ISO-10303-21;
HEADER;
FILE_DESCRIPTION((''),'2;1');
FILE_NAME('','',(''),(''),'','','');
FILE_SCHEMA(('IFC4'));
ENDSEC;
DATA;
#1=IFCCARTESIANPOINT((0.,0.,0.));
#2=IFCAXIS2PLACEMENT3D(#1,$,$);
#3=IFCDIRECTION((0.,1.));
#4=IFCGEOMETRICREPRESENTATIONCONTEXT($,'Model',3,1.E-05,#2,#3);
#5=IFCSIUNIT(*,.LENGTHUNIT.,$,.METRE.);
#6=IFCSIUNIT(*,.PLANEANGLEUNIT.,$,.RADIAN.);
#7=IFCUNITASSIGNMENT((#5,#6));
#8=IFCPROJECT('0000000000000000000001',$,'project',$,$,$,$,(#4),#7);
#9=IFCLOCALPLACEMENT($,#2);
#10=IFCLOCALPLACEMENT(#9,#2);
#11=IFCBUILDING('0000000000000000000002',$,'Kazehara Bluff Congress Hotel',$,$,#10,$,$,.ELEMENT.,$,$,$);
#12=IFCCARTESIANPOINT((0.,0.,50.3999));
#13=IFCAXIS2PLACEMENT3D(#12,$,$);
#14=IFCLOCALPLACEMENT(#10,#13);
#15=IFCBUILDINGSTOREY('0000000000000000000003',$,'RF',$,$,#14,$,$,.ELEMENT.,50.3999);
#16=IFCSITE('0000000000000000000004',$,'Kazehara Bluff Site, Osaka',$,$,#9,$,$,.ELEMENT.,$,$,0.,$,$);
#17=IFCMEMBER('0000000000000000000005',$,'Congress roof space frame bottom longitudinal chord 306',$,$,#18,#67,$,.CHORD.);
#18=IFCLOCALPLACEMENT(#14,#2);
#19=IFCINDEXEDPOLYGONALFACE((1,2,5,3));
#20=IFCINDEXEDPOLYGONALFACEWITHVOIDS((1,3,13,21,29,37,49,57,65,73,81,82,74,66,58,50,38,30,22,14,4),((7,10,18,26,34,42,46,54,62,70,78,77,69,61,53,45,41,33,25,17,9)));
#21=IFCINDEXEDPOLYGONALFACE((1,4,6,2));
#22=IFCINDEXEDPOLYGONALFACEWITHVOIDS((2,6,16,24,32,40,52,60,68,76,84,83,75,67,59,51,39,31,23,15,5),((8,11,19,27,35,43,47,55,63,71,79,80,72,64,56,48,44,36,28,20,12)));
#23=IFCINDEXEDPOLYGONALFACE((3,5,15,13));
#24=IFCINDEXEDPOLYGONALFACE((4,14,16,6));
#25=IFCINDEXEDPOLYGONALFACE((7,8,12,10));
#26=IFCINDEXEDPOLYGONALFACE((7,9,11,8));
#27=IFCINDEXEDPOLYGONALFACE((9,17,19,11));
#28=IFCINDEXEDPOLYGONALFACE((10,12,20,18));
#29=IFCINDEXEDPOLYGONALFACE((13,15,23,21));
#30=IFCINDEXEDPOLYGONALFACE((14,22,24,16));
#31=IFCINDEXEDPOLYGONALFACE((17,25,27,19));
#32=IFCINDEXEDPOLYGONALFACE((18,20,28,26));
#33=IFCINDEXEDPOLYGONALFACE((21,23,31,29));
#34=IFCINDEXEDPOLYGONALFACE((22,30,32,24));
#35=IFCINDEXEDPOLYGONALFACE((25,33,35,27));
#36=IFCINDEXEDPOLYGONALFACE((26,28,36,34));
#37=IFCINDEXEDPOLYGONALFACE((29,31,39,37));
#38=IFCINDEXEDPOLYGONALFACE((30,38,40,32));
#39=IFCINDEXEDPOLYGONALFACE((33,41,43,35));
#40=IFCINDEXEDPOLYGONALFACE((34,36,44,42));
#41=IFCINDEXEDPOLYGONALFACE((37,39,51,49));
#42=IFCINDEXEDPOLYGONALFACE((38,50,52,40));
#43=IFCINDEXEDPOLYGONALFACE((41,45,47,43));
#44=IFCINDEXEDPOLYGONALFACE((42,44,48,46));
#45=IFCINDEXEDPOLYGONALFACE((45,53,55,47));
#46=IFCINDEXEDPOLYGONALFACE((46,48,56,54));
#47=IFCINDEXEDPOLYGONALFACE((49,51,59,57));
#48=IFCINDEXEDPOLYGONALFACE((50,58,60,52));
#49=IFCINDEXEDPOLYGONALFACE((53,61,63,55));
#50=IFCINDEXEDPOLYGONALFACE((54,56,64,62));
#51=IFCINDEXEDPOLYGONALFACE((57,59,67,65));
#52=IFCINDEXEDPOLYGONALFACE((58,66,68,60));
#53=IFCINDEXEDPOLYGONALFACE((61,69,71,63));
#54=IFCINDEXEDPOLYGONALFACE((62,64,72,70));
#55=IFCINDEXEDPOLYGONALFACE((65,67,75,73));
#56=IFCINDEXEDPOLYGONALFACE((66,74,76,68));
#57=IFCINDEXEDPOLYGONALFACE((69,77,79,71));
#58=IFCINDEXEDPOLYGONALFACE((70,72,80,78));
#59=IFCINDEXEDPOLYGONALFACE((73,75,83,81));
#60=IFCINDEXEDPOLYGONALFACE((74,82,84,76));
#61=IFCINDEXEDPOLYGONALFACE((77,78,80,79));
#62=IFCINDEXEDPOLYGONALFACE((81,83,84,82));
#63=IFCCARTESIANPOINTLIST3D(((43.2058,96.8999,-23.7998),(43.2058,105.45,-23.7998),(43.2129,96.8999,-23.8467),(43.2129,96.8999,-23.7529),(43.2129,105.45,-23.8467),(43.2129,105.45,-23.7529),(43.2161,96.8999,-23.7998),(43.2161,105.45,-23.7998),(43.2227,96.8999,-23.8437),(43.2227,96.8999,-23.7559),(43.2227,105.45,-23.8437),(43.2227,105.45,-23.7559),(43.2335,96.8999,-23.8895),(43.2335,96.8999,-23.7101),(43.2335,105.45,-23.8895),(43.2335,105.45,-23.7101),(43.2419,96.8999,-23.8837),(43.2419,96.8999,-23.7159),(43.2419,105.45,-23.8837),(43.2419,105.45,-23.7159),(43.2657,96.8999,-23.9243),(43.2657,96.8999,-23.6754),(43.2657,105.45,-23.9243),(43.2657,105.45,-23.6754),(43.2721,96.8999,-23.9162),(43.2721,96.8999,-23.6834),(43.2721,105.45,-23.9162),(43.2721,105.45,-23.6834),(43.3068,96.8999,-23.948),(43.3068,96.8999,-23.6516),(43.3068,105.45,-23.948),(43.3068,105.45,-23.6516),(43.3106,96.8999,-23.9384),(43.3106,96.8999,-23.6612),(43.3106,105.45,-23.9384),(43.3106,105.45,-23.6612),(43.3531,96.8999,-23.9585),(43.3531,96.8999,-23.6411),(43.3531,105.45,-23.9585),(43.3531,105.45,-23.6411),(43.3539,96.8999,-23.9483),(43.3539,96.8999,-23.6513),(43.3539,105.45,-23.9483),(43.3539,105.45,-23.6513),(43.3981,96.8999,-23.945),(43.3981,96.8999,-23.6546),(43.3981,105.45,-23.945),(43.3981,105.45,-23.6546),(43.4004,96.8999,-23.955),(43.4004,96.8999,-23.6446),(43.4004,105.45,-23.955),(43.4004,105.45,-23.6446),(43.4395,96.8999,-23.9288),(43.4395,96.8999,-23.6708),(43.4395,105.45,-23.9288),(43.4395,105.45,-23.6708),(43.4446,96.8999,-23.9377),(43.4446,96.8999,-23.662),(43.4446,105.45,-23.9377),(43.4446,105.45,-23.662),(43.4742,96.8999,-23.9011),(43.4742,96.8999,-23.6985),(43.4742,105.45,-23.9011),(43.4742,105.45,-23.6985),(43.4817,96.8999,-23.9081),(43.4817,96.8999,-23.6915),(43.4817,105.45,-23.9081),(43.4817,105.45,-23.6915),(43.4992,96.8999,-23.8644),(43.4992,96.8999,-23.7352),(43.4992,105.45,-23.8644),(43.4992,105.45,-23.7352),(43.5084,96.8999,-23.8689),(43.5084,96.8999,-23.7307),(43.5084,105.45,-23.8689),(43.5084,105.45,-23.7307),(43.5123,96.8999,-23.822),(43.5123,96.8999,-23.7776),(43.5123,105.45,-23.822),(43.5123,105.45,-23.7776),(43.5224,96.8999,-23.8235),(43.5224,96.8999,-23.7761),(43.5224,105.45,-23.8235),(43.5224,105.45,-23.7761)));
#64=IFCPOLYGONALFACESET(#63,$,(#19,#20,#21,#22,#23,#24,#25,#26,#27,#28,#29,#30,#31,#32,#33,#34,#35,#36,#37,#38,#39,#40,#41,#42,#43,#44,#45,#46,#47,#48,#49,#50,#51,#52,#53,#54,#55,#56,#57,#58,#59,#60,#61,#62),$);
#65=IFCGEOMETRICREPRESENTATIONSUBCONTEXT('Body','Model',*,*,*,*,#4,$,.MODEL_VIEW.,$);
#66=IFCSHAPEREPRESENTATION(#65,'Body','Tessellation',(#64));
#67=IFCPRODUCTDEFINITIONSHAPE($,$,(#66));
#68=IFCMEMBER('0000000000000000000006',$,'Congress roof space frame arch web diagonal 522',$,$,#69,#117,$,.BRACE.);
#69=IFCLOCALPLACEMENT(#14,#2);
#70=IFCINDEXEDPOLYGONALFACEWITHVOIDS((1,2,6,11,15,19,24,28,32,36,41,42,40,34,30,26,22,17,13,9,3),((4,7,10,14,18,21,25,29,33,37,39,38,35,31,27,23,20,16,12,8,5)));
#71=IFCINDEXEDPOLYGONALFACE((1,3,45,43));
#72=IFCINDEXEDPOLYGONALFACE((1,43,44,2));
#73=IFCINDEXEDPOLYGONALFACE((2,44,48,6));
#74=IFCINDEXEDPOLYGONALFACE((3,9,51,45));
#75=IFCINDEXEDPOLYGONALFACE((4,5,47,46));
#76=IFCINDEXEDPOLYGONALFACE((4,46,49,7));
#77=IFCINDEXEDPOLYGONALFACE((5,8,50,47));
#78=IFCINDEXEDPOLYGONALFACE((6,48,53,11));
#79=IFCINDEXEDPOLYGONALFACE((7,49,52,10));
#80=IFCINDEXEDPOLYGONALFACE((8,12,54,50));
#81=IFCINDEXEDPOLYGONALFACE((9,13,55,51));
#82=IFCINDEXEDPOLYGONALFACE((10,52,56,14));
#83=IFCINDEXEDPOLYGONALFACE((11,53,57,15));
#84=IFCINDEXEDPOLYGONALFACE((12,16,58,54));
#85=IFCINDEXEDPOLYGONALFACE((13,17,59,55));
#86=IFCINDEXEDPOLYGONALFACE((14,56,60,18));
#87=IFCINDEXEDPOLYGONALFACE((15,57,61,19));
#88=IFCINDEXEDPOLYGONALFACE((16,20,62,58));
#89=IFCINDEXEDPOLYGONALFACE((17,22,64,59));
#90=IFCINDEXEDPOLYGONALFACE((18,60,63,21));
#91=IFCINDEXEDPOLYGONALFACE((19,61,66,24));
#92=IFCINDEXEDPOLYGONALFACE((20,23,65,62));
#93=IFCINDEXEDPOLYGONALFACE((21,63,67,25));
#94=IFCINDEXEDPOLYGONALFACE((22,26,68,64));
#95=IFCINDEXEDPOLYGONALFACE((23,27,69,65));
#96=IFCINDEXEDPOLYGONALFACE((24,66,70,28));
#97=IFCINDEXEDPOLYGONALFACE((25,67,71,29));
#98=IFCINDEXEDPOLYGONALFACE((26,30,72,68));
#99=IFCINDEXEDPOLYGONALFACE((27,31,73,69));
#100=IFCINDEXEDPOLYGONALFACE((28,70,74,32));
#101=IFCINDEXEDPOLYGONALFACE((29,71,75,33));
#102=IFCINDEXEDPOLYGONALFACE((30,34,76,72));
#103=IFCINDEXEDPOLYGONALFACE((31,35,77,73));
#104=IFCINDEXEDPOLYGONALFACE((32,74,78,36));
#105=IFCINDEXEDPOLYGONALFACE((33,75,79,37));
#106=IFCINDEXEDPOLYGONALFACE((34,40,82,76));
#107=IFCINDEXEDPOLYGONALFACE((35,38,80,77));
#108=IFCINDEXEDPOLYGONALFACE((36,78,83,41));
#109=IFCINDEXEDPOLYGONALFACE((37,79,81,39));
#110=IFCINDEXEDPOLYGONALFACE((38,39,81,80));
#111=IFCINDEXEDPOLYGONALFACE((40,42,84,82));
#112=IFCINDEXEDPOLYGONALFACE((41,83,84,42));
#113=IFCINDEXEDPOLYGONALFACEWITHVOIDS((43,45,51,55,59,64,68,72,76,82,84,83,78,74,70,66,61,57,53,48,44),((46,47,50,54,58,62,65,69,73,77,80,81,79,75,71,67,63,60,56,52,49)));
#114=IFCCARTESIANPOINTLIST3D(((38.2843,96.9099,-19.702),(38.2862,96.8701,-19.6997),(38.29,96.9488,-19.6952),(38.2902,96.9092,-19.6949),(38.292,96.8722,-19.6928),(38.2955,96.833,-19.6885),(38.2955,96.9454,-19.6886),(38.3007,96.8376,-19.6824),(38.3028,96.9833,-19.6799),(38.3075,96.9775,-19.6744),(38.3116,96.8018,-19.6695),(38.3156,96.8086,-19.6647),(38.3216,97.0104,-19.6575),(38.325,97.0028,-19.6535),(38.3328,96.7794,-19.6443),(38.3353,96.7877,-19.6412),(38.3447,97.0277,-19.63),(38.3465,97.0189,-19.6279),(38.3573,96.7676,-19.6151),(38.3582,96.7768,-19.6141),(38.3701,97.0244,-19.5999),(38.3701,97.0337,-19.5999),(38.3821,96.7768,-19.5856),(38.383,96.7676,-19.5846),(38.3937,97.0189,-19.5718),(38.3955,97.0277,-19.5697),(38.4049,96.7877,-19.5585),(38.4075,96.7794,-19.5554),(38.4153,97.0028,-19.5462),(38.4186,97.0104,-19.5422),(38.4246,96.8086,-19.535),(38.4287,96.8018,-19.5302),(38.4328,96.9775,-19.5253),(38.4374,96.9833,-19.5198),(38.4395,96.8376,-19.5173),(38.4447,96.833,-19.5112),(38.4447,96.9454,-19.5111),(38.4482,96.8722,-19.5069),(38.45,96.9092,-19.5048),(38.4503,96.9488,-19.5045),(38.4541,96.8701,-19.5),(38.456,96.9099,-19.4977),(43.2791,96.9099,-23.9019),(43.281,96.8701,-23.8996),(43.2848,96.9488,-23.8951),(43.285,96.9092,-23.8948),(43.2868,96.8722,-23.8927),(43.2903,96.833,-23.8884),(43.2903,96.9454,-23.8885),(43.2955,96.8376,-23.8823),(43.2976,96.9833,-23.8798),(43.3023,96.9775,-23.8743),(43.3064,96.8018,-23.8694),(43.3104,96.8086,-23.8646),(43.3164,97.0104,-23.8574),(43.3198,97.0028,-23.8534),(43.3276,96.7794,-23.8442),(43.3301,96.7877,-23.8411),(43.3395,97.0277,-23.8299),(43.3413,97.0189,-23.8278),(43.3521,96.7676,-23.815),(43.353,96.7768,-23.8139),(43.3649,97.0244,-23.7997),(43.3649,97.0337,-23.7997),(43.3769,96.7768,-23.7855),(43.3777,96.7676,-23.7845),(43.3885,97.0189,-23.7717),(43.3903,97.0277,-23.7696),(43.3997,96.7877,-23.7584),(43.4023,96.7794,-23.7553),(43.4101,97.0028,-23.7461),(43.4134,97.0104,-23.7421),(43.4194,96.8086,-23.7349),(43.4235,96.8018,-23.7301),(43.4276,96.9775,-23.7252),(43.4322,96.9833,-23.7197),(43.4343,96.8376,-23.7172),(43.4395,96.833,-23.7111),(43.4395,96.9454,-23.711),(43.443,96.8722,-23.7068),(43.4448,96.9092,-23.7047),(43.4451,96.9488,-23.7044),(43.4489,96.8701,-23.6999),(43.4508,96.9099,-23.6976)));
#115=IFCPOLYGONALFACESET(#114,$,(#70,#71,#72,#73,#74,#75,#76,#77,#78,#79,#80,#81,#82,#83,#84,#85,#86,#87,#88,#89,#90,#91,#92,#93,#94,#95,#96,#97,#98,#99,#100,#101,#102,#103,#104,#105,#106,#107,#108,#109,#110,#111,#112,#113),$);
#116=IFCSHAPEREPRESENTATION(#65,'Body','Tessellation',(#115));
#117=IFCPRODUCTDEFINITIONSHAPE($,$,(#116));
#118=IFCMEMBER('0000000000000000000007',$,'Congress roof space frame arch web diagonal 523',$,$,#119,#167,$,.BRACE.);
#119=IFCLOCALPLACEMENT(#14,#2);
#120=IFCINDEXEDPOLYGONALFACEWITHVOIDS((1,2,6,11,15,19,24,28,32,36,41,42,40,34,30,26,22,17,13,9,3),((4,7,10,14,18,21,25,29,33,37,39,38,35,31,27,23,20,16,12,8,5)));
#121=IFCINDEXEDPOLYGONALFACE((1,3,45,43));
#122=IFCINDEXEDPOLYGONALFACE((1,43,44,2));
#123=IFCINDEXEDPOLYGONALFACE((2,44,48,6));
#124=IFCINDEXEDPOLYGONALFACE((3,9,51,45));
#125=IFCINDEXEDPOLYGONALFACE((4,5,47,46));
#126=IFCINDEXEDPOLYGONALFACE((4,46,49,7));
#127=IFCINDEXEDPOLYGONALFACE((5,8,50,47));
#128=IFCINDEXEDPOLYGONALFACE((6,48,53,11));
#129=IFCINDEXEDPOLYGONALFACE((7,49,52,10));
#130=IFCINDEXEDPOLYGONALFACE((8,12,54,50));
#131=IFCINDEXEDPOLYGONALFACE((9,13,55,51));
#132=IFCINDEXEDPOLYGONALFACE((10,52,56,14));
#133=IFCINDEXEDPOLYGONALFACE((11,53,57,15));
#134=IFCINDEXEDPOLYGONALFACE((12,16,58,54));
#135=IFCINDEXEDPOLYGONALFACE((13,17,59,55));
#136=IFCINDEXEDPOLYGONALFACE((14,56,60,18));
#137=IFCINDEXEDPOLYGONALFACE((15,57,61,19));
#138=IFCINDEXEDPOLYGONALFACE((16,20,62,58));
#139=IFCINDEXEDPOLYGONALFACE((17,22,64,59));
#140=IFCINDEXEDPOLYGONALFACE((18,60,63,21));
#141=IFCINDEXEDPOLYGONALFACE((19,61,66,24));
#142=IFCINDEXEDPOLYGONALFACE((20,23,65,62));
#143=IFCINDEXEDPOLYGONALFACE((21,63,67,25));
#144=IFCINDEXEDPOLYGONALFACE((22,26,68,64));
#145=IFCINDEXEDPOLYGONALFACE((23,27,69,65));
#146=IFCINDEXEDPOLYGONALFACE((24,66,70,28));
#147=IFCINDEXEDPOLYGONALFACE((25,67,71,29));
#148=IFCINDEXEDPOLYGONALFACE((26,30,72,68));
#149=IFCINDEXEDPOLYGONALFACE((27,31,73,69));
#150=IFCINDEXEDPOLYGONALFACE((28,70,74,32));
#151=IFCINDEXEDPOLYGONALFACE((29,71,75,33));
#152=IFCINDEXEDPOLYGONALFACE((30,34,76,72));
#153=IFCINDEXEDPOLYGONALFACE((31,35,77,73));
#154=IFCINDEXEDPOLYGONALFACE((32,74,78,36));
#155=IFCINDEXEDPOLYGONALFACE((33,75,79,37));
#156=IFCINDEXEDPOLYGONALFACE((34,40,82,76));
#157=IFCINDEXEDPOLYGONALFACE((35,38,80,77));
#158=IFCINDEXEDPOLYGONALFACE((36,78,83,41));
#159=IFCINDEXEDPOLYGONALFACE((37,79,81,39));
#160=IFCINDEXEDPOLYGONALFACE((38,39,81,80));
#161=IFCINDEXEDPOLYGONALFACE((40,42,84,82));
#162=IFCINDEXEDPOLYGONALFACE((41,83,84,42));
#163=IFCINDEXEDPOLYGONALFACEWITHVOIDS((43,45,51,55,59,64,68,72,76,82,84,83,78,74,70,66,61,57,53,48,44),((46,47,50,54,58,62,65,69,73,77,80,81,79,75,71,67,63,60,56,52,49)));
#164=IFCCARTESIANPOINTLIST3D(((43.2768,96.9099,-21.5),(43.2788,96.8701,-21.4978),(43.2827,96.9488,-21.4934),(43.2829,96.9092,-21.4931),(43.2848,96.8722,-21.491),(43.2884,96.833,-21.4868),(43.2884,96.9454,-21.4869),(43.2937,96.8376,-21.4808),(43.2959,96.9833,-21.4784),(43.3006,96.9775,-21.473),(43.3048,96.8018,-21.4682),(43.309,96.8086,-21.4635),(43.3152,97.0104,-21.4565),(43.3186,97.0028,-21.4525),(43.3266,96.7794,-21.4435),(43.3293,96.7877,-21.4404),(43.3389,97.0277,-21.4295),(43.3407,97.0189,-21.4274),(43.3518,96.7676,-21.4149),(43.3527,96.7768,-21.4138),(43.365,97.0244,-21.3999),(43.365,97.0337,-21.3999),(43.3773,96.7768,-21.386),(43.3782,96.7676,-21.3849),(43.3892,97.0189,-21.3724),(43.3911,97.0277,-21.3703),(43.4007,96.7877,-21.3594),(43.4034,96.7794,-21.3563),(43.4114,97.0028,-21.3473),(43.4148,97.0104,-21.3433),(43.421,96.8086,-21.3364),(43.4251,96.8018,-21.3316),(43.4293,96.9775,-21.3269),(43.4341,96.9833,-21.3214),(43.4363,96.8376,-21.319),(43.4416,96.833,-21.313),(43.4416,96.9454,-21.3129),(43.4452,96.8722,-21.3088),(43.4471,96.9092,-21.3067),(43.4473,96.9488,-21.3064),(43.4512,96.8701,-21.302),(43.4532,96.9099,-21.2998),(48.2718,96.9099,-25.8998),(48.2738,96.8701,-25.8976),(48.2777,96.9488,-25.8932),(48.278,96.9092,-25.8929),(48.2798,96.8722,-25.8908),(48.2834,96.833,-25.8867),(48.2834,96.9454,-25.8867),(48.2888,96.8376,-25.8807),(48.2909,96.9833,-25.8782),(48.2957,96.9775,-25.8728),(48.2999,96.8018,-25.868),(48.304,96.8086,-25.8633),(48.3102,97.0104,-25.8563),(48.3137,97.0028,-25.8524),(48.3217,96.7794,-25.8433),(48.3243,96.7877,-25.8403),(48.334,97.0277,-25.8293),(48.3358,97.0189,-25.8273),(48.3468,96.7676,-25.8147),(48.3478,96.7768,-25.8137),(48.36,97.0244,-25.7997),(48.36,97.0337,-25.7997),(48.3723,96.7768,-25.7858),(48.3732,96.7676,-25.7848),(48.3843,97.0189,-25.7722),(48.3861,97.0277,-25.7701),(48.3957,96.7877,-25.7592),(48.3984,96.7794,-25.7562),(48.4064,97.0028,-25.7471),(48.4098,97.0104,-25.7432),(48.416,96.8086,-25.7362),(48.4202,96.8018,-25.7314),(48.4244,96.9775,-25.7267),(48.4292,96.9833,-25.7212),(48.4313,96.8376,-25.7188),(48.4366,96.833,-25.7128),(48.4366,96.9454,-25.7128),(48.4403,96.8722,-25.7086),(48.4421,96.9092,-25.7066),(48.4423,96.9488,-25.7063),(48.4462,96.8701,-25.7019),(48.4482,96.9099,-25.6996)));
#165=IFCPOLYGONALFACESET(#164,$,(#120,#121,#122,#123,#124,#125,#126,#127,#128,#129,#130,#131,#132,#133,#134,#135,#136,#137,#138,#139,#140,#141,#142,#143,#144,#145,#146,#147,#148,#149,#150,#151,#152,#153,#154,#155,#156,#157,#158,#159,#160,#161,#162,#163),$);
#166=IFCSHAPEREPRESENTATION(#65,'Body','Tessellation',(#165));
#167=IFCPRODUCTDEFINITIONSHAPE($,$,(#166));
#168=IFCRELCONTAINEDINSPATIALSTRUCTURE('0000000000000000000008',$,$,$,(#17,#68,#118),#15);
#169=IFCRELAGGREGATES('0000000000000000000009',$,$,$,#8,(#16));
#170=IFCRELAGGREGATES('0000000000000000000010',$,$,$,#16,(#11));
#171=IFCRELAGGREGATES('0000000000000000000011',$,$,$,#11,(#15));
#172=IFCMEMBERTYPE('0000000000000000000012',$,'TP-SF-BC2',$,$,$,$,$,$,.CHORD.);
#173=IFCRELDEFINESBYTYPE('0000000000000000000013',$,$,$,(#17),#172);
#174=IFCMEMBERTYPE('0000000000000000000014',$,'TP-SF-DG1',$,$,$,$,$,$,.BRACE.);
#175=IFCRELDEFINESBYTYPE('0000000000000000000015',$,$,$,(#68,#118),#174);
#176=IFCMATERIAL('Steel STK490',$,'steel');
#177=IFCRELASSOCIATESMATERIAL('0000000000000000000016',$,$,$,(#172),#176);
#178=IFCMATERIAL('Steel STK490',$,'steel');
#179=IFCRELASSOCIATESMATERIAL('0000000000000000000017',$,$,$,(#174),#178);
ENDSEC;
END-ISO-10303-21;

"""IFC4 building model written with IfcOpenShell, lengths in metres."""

from ifc_helpers import new_model, si_unit, direction, frame, origin, origin_2d, place, context, subcontext, project, spatial, hollow_circle, extrude, material, material_profile, profile_set, type_object, element, save


model = new_model("IFC4")

# Units and contexts
model_context = context("Model", 3, precision=1e-05, world=origin(), true_north=direction((0.0, 1.0)))
body_context = subcontext(model_context, "Body", "Model", "MODEL_VIEW")
ifc_project = project(units=[si_unit("LENGTHUNIT", "METRE"), si_unit("PLANEANGLEUNIT", "RADIAN")], contexts=[model_context])

# Site, building, storey
site_placement = place(None, origin())
site = spatial("IfcSite", under=ifc_project, at=site_placement, Name="Kazehara Bluff Site, Osaka", CompositionType="ELEMENT", RefElevation=0.0)
building_placement = place(site_placement, origin())
building = spatial("IfcBuilding", under=site, at=building_placement, Name="Kazehara Bluff Congress Hotel", CompositionType="ELEMENT")
storey_placement = place(building_placement, frame((0.0, 0.0, 50.3999)))
storey = spatial("IfcBuildingStorey", under=building, at=storey_placement, Name="RF", CompositionType="ELEMENT", Elevation=50.3999)

# Members
ifc_material_1 = material(Name="Steel STK490", Category="steel")
ifc_material_profile_1 = material_profile(ifc_material_1, hollow_circle(Radius=0.1592, WallThickness=0.0103, at=origin_2d()))
ifc_profile_set_1 = profile_set([ifc_material_profile_1], Name="Steel STK490")
member_type_1 = type_object("IfcMemberType", Name="TP-SF-BC2", PredefinedType="CHORD", material=ifc_profile_set_1)
member_1_placement = place(storey_placement, frame((43.365, 96.8999, -23.7998), z_axis=(0.0, 1.0, 0.0), x_axis=(-1.0, 0.0, 0.0)))
element("IfcMember", 1, at=member_1_placement, inside=storey, type_object=member_type_1, Name="Congress roof space frame bottom longitudinal chord 306", PredefinedType="CHORD", context=body_context, shape_type="SweptSolid", body=[
    extrude(hollow_circle(Radius=0.1592, WallThickness=0.0103, at=origin_2d()), origin(), (0.0, 0.0, 1.0), 8.55),
])
ifc_material_2 = material(Name="Steel STK490", Category="steel")
ifc_material_profile_2 = material_profile(ifc_material_2, hollow_circle(Radius=0.1338, WallThickness=0.0093, at=origin_2d()))
ifc_profile_set_2 = profile_set([ifc_material_profile_2], Name="Steel STK490")
member_type_2 = type_object("IfcMemberType", Name="TP-SF-DG1", PredefinedType="BRACE", material=ifc_profile_set_2)
member_2_placement = place(storey_placement, frame((38.3701, 96.8999, -19.5999), z_axis=(0.765383, 0.0, -0.643575), x_axis=(0.0, 1.0, 0.0)))
element("IfcMember", 2, at=member_2_placement, inside=storey, type_object=member_type_2, Name="Congress roof space frame arch web diagonal 522", PredefinedType="BRACE", context=body_context, shape_type="SweptSolid", body=[
    extrude(hollow_circle(Radius=0.1338, WallThickness=0.0093, at=origin_2d()), origin(), (0.0, 0.0, 1.0), 6.5259),
])
member_3_placement = place(storey_placement, frame((43.365, 96.8999, -21.3999), z_axis=(0.750401, 0.0, -0.660983), x_axis=(0.0, 1.0, 0.0)))
element("IfcMember", 3, at=member_3_placement, inside=storey, type_object=member_type_2, Name="Congress roof space frame arch web diagonal 523", PredefinedType="BRACE", context=body_context, shape_type="SweptSolid", body=[
    extrude(hollow_circle(Radius=0.1338, WallThickness=0.0093, at=origin_2d()), origin(), (0.0, 0.0, 1.0), 6.6565),
])

save(model, "model.ifc")
